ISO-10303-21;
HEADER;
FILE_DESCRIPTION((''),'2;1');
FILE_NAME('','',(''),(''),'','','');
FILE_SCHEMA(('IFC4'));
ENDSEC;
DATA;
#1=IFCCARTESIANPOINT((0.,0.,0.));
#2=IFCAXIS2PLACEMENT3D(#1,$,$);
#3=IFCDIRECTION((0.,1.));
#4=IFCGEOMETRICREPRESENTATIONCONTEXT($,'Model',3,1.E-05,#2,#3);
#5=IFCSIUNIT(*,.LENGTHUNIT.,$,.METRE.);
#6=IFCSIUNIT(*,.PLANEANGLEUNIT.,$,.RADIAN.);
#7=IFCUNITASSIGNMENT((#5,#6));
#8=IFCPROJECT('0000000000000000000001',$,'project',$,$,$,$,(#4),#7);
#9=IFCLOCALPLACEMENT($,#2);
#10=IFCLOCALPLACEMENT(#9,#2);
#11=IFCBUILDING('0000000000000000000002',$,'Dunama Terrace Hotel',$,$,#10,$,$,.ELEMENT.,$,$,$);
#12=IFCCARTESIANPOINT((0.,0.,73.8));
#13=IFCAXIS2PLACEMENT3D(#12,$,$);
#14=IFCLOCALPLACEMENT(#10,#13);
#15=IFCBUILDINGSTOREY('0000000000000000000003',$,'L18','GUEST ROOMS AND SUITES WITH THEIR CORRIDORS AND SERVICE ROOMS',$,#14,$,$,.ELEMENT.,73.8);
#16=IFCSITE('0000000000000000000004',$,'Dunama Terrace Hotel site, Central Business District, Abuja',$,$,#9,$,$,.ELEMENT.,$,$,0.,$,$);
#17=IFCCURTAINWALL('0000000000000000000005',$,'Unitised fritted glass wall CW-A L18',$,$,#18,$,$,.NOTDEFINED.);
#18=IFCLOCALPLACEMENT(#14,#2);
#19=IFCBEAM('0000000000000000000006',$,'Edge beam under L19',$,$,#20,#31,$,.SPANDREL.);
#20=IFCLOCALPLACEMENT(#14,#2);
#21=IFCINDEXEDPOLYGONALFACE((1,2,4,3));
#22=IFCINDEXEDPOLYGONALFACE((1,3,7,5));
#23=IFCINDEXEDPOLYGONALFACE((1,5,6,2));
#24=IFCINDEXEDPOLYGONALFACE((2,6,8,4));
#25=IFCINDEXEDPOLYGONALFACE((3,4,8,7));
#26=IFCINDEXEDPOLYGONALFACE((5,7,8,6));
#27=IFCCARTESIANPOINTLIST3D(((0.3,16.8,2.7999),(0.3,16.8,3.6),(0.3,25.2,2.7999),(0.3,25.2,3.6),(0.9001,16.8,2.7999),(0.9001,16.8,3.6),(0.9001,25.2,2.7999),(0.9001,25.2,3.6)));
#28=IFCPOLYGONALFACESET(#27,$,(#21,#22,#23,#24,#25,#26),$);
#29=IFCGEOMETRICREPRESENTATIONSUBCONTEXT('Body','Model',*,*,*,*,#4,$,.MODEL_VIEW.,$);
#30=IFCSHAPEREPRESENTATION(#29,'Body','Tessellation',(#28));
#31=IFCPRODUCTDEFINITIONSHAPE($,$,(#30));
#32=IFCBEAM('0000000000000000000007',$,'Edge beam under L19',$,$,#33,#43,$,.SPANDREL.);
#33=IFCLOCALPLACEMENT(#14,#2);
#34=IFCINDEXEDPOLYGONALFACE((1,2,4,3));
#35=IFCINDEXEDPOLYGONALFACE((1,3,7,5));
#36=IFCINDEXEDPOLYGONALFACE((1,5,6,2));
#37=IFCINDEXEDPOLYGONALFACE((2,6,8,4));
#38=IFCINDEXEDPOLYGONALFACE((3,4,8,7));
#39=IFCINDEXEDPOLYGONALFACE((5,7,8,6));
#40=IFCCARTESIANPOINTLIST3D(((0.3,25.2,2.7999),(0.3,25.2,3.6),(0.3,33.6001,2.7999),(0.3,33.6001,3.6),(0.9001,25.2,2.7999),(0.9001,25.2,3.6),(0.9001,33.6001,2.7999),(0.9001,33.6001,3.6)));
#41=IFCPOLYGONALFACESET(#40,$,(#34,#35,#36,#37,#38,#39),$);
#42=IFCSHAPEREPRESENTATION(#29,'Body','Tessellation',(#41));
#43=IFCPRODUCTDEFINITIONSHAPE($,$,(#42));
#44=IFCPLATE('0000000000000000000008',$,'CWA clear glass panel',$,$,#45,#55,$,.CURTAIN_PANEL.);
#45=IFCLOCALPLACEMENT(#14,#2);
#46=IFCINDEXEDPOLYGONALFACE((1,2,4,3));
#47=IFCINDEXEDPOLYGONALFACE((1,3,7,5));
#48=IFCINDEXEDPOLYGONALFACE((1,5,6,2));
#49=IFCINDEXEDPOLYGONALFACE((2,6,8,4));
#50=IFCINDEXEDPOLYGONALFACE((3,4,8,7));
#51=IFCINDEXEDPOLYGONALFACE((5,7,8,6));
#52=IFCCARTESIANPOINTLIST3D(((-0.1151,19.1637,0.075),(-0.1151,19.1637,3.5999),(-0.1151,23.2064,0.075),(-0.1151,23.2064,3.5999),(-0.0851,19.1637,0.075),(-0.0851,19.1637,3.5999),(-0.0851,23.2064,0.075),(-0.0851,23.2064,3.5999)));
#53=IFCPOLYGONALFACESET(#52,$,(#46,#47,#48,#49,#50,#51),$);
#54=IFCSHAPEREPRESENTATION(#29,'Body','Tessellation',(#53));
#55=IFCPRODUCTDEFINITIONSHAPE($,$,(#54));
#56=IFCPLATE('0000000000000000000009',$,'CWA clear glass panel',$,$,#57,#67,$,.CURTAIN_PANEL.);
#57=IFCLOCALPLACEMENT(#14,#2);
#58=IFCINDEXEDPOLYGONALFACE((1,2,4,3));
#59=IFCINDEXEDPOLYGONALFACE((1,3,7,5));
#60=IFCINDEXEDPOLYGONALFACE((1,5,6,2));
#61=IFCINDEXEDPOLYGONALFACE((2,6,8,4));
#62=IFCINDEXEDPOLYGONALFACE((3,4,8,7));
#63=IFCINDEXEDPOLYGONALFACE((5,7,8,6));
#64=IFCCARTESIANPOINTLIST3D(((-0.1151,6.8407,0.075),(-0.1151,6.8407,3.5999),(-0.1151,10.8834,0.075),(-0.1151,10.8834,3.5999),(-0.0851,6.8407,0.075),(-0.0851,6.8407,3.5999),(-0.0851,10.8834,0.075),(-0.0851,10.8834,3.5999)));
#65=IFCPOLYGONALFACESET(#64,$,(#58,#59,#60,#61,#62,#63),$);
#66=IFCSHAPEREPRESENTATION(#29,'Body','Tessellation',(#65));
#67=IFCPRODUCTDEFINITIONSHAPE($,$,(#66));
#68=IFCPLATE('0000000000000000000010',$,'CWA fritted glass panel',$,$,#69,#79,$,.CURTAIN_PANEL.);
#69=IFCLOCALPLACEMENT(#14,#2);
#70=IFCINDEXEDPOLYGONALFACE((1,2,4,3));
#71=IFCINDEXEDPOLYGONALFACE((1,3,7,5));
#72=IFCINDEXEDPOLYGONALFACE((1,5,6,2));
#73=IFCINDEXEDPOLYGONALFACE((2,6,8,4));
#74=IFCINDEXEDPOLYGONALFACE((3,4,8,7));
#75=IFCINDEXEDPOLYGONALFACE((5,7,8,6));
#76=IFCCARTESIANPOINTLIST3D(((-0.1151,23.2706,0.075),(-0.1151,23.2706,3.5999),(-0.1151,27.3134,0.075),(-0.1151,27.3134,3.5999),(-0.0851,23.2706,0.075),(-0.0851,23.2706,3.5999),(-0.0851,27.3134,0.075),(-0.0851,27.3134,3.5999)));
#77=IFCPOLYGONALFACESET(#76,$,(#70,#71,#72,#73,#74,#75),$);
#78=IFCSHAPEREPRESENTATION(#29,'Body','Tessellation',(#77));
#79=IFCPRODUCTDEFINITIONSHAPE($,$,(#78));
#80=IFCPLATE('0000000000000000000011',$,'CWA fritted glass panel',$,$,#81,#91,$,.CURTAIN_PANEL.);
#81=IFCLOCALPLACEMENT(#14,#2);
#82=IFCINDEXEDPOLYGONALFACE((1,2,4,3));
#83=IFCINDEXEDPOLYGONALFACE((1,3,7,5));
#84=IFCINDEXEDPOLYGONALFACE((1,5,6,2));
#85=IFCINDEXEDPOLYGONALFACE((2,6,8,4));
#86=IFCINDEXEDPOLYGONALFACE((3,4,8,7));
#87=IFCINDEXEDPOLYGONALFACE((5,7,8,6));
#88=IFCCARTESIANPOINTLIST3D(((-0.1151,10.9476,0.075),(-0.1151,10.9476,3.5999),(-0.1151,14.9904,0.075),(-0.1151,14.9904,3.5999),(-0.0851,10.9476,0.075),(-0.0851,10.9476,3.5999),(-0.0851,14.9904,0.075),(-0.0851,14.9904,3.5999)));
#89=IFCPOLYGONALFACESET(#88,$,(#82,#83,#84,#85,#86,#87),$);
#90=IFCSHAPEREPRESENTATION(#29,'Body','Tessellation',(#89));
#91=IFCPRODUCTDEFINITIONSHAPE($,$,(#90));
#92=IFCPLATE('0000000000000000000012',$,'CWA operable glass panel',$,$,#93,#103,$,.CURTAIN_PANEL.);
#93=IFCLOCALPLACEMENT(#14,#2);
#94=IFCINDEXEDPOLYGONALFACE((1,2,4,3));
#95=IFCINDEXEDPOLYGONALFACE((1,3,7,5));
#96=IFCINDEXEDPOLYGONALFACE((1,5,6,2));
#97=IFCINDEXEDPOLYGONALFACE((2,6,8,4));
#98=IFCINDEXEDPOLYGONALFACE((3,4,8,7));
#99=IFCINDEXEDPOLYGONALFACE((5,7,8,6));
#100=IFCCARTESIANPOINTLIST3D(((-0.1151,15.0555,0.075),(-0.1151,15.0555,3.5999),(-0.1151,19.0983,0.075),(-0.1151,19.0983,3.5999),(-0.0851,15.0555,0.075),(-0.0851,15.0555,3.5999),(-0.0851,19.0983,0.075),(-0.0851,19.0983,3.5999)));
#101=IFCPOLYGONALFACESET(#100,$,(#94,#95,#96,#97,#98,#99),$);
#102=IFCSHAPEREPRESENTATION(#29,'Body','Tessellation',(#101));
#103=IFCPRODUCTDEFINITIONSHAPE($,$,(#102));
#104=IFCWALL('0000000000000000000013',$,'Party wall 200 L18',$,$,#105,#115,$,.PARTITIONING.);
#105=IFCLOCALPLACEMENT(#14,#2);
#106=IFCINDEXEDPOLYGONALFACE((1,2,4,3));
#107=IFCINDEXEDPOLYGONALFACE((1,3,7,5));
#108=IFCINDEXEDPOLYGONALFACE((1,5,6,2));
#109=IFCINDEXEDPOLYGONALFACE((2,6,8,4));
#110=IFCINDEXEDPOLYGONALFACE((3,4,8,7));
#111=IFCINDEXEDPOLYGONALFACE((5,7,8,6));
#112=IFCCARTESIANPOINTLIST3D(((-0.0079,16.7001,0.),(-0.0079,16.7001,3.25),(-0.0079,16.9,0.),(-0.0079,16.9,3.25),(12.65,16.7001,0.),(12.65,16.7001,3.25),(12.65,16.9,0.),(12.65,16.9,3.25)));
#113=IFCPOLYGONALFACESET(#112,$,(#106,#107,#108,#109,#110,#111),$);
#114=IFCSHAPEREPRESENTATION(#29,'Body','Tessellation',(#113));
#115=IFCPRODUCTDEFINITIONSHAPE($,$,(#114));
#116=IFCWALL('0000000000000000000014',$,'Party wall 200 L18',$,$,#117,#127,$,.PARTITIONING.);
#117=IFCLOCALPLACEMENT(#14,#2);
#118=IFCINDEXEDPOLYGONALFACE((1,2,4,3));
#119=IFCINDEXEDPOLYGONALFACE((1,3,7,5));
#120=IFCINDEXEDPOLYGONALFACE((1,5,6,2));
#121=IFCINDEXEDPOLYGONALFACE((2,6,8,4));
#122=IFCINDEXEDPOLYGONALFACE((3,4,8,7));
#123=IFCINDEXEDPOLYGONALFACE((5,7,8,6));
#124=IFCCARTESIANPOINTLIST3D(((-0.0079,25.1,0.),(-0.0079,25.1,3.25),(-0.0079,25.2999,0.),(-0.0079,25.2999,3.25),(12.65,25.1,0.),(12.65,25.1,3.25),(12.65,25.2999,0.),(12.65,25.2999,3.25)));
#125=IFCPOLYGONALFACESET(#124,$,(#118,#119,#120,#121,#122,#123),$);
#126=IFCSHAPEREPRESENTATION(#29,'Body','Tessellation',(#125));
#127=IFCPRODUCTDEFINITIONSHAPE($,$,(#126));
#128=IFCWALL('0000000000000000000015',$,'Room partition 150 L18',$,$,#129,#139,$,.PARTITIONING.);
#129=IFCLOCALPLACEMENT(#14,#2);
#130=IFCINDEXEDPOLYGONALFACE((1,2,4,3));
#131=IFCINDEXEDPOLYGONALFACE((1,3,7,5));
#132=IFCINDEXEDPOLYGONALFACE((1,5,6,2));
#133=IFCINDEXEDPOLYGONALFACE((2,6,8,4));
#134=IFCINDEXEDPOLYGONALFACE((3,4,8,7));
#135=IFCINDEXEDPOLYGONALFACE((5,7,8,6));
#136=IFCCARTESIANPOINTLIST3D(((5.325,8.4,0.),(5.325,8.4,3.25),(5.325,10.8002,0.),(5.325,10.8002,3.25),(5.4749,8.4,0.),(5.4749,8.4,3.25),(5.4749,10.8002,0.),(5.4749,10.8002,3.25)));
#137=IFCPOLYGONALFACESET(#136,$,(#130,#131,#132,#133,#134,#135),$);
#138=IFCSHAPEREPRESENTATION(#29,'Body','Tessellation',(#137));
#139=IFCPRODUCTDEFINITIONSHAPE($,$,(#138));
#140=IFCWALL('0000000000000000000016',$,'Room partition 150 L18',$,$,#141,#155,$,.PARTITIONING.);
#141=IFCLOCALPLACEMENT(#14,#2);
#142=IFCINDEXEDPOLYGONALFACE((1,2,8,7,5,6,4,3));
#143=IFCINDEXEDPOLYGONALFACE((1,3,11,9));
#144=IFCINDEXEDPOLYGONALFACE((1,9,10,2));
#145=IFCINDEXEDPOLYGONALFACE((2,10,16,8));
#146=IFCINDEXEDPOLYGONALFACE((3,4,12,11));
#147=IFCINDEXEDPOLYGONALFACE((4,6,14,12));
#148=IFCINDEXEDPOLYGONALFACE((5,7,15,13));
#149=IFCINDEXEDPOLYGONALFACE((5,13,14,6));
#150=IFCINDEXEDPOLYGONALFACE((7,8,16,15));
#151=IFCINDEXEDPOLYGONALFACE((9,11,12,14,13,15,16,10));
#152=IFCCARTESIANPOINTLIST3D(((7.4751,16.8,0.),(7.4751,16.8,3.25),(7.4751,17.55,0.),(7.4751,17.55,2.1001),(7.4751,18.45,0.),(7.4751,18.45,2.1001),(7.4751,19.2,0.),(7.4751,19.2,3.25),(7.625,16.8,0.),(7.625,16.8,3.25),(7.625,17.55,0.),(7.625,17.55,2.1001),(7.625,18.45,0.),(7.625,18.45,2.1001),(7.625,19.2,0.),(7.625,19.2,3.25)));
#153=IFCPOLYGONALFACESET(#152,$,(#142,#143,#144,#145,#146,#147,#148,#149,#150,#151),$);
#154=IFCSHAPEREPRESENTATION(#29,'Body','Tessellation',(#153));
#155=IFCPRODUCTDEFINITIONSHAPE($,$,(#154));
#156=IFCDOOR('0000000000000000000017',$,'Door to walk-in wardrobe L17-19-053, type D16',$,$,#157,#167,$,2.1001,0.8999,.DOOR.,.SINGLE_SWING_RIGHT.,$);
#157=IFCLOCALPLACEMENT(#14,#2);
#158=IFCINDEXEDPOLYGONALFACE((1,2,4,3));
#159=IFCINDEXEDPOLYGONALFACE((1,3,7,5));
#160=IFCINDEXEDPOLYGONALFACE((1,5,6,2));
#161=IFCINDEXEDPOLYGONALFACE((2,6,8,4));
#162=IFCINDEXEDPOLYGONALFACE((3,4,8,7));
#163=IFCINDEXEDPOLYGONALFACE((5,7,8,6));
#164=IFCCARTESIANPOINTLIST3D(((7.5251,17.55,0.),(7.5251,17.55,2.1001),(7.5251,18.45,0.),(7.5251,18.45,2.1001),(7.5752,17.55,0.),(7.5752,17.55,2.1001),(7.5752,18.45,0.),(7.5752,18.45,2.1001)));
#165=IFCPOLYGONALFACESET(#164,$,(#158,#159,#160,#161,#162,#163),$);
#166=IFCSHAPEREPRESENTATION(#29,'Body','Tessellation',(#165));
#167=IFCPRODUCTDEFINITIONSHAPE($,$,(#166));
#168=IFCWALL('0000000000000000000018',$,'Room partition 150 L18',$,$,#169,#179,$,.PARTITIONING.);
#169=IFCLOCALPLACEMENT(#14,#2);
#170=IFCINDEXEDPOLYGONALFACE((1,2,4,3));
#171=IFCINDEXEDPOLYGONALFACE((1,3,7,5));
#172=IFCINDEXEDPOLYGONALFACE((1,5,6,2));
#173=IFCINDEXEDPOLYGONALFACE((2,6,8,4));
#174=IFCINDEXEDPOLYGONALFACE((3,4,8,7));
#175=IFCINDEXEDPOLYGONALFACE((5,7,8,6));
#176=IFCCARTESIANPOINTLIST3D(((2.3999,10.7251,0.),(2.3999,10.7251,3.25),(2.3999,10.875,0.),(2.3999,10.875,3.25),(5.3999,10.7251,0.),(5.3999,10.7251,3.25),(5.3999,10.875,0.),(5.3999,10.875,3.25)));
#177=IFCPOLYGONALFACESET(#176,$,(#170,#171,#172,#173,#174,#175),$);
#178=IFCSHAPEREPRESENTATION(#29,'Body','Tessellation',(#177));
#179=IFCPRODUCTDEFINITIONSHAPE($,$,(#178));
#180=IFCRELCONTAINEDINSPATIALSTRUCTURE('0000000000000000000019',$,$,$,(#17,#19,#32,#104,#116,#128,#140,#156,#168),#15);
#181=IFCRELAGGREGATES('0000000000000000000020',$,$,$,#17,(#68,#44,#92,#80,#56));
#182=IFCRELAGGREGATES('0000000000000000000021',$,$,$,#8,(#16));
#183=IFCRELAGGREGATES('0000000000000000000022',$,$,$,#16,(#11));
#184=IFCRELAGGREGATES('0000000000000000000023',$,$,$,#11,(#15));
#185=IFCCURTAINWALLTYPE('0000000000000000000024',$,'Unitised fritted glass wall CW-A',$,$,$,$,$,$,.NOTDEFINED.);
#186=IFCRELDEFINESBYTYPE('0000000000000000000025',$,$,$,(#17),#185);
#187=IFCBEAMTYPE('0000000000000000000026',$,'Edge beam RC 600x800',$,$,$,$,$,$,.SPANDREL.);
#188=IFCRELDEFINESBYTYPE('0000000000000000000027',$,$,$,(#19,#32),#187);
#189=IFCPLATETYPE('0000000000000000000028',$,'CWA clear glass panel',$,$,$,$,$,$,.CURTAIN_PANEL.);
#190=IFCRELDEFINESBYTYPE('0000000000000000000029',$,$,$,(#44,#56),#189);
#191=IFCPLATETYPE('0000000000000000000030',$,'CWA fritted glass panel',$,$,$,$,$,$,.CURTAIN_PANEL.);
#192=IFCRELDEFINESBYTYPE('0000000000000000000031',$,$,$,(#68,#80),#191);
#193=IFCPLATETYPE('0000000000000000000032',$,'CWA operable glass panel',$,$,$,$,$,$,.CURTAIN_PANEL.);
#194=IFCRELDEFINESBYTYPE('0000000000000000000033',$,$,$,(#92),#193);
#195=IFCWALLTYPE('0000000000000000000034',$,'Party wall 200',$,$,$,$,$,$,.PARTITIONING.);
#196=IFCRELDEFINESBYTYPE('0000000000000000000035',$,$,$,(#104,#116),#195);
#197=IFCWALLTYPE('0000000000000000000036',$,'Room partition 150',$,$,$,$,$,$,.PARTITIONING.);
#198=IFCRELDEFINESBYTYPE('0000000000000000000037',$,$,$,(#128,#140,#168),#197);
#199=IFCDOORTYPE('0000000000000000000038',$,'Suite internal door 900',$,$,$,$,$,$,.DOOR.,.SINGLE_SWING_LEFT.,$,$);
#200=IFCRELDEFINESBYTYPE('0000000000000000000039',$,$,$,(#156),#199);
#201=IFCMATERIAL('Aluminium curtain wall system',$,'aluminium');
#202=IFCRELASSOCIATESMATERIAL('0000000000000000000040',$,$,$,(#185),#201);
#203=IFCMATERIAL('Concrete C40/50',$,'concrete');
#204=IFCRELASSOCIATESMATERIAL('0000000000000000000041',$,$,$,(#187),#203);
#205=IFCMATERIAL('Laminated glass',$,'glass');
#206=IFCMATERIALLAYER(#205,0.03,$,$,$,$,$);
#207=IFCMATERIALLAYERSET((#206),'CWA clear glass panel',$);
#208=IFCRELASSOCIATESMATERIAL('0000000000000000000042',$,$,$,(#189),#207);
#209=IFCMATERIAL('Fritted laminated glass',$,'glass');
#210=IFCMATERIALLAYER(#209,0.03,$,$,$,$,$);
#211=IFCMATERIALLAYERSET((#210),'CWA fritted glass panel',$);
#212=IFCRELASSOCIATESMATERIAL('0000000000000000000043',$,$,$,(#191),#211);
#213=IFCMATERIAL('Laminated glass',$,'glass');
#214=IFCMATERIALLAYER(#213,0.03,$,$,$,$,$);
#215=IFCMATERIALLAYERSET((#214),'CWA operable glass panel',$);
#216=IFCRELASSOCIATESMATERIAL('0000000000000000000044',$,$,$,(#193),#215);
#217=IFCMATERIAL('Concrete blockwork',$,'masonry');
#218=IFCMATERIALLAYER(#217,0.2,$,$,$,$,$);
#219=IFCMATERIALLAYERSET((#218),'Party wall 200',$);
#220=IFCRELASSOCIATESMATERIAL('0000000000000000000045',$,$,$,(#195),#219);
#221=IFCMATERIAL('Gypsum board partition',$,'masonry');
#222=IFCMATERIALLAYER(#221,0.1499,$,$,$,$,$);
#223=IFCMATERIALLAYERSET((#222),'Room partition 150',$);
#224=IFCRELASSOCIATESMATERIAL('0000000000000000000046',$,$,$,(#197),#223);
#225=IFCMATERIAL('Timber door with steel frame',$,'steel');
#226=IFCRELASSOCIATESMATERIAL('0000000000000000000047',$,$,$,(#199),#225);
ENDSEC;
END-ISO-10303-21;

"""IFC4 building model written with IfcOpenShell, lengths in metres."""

from ifc_helpers import new_model, si_unit, direction, frame, frame_2d, origin, origin_2d, place, context, subcontext, project, spatial, rectangle, extrude, material, layer, layer_set, material_profile, profile_set, type_object, element, fill, aggregate, save


model = new_model("IFC4")

# Units and contexts
model_context = context("Model", 3, precision=1e-05, world=origin(), true_north=direction((0.0, 1.0)))
body_context = subcontext(model_context, "Body", "Model", "MODEL_VIEW")
ifc_project = project(units=[si_unit("LENGTHUNIT", "METRE"), si_unit("PLANEANGLEUNIT", "RADIAN")], contexts=[model_context])

# Site, building, storey
site_placement = place(None, origin())
site = spatial("IfcSite", under=ifc_project, at=site_placement, Name="Dunama Terrace Hotel site, Central Business District, Abuja", CompositionType="ELEMENT", RefElevation=0.0)
building_placement = place(site_placement, origin())
building = spatial("IfcBuilding", under=site, at=building_placement, Name="Dunama Terrace Hotel", CompositionType="ELEMENT")
storey_placement = place(building_placement, frame((0.0, 0.0, 73.8)))
storey = spatial("IfcBuildingStorey", under=building, at=storey_placement, Name="L18", Description="GUEST ROOMS AND SUITES WITH THEIR CORRIDORS AND SERVICE ROOMS", CompositionType="ELEMENT", Elevation=73.8)

# Curtain wall
ifc_material_1 = material(Name="Aluminium curtain wall system", Category="aluminium")
curtain_wall_type = type_object("IfcCurtainWallType", Name="Unitised fritted glass wall CW-A", PredefinedType="NOTDEFINED", material=ifc_material_1)
curtain_wall_placement = place(storey_placement, origin())
curtain_wall = element("IfcCurtainWall", 1, at=curtain_wall_placement, inside=storey, type_object=curtain_wall_type, Name="Unitised fritted glass wall CW-A L18", PredefinedType="NOTDEFINED")

# Beams
ifc_material_2 = material(Name="Concrete C40/50", Category="concrete")
ifc_material_profile_1 = material_profile(ifc_material_2, rectangle(XDim=0.6001, YDim=0.8, at=origin_2d()), Name="RC 600x800")
ifc_profile_set_1 = profile_set([ifc_material_profile_1], Name="Concrete C40/50")
beam_type = type_object("IfcBeamType", Name="Edge beam RC 600x800", PredefinedType="SPANDREL", material=ifc_profile_set_1)
beam_1_placement = place(storey_placement, frame((0.6001, 16.8, 3.2), z_axis=(0.0, 1.0, 0.0), x_axis=(-1.0, 0.0, 0.0)))
element("IfcBeam", 2, at=beam_1_placement, inside=storey, type_object=beam_type, Name="Edge beam under L19", PredefinedType="SPANDREL", context=body_context, shape_type="SweptSolid", body=[
    extrude(rectangle(XDim=0.6001, YDim=0.8, at=origin_2d()), origin(), (0.0, 0.0, 1.0), 8.3999),
])
beam_2_placement = place(storey_placement, frame((0.6001, 25.2, 3.2), z_axis=(0.0, 1.0, 0.0), x_axis=(-1.0, 0.0, 0.0)))
element("IfcBeam", 3, at=beam_2_placement, inside=storey, type_object=beam_type, Name="Edge beam under L19", PredefinedType="SPANDREL", context=body_context, shape_type="SweptSolid", body=[
    extrude(rectangle(XDim=0.6001, YDim=0.8, at=origin_2d()), origin(), (0.0, 0.0, 1.0), 8.4001),
])

# Plates
ifc_material_3 = material(Name="Laminated glass", Category="glass")
ifc_layer_1 = layer(ifc_material_3, 0.03)
ifc_layer_set_1 = layer_set([ifc_layer_1], Name="CWA clear glass panel")
plate_type_1 = type_object("IfcPlateType", Name="CWA clear glass panel", PredefinedType="CURTAIN_PANEL", material=ifc_layer_set_1)
plate_1_placement = place(storey_placement, frame((-0.1001, 21.1851, 0.075), z_axis=(0.0, 0.0, 1.0), x_axis=(0.0, -1.0, 0.0)))
plate_1 = element("IfcPlate", 4, at=plate_1_placement, type_object=plate_type_1, Name="CWA clear glass panel", PredefinedType="CURTAIN_PANEL", context=body_context, shape_type="SweptSolid", body=[
    extrude(rectangle(XDim=4.0427, YDim=0.03, at=origin_2d()), origin(), (0.0, 0.0, 1.0), 3.5249),
])
plate_2_placement = place(storey_placement, frame((-0.1001, 8.8621, 0.075), z_axis=(0.0, 0.0, 1.0), x_axis=(0.0, -1.0, 0.0)))
plate_2 = element("IfcPlate", 5, at=plate_2_placement, type_object=plate_type_1, Name="CWA clear glass panel", PredefinedType="CURTAIN_PANEL", context=body_context, shape_type="SweptSolid", body=[
    extrude(rectangle(XDim=4.0427, YDim=0.03, at=origin_2d()), origin(), (0.0, 0.0, 1.0), 3.5249),
])
ifc_material_4 = material(Name="Fritted laminated glass", Category="glass")
ifc_layer_2 = layer(ifc_material_4, 0.03)
ifc_layer_set_2 = layer_set([ifc_layer_2], Name="CWA fritted glass panel")
plate_type_2 = type_object("IfcPlateType", Name="CWA fritted glass panel", PredefinedType="CURTAIN_PANEL", material=ifc_layer_set_2)
plate_3_placement = place(storey_placement, frame((-0.1001, 25.292, 0.075), z_axis=(0.0, 0.0, 1.0), x_axis=(0.0, -1.0, 0.0)))
plate_3 = element("IfcPlate", 6, at=plate_3_placement, type_object=plate_type_2, Name="CWA fritted glass panel", PredefinedType="CURTAIN_PANEL", context=body_context, shape_type="SweptSolid", body=[
    extrude(rectangle(XDim=4.0427, YDim=0.03, at=origin_2d()), origin(), (0.0, 0.0, 1.0), 3.5249),
])
plate_4_placement = place(storey_placement, frame((-0.1001, 12.969, 0.075), z_axis=(0.0, 0.0, 1.0), x_axis=(0.0, -1.0, 0.0)))
plate_4 = element("IfcPlate", 7, at=plate_4_placement, type_object=plate_type_2, Name="CWA fritted glass panel", PredefinedType="CURTAIN_PANEL", context=body_context, shape_type="SweptSolid", body=[
    extrude(rectangle(XDim=4.0427, YDim=0.03, at=origin_2d()), origin(), (0.0, 0.0, 1.0), 3.5249),
])
ifc_material_5 = material(Name="Laminated glass", Category="glass")
ifc_layer_3 = layer(ifc_material_5, 0.03)
ifc_layer_set_3 = layer_set([ifc_layer_3], Name="CWA operable glass panel")
plate_type_3 = type_object("IfcPlateType", Name="CWA operable glass panel", PredefinedType="CURTAIN_PANEL", material=ifc_layer_set_3)
plate_5_placement = place(storey_placement, frame((-0.1001, 17.0769, 0.075), z_axis=(0.0, 0.0, 1.0), x_axis=(0.0, -1.0, 0.0)))
plate_5 = element("IfcPlate", 8, at=plate_5_placement, type_object=plate_type_3, Name="CWA operable glass panel", PredefinedType="CURTAIN_PANEL", context=body_context, shape_type="SweptSolid", body=[
    extrude(rectangle(XDim=4.0427, YDim=0.03, at=origin_2d()), origin(), (0.0, 0.0, 1.0), 3.5249),
])
aggregate(curtain_wall, [plate_3, plate_1, plate_5, plate_4, plate_2])

# Walls
ifc_material_6 = material(Name="Concrete blockwork", Category="masonry")
ifc_layer_4 = layer(ifc_material_6, 0.2)
ifc_layer_set_4 = layer_set([ifc_layer_4], Name="Party wall 200")
wall_type_1 = type_object("IfcWallType", Name="Party wall 200", PredefinedType="PARTITIONING", material=ifc_layer_set_4)
for number, where, z_axis, x_axis, name in (
    (9, (-0.0081, 16.8, 0.0), (0.0, 0.0, 1.0), (1.0, 0.0, 0.0), "Party wall 200 L18"),
    (10, (-0.0081, 25.2, 0.0), (0.0, 0.0, 1.0), (1.0, 0.0, 0.0), "Party wall 200 L18"),
):
    element("IfcWall", number, at=place(storey_placement, frame(where, z_axis=z_axis, x_axis=x_axis)), inside=storey, type_object=wall_type_1, Name=name, PredefinedType="PARTITIONING", context=body_context, shape_type="SweptSolid", body=[
        extrude(rectangle(XDim=12.658, YDim=0.2, at=frame_2d((6.3291, 0.0))), origin(), (0.0, 0.0, 1.0), 3.25),
    ])
ifc_material_7 = material(Name="Gypsum board partition", Category="masonry")
ifc_layer_5 = layer(ifc_material_7, 0.1499)
ifc_layer_set_5 = layer_set([ifc_layer_5], Name="Room partition 150")
wall_type_2 = type_object("IfcWallType", Name="Room partition 150", PredefinedType="PARTITIONING", material=ifc_layer_set_5)
wall_1_placement = place(storey_placement, frame((5.3999, 8.3999, 0.0), z_axis=(0.0, 0.0, 1.0), x_axis=(0.0, 1.0, 0.0)))
element("IfcWall", 11, at=wall_1_placement, inside=storey, type_object=wall_type_2, Name="Room partition 150 L18", PredefinedType="PARTITIONING", context=body_context, shape_type="SweptSolid", body=[
    extrude(rectangle(XDim=2.4001, YDim=0.1499, at=frame_2d((1.2002, 0.0))), origin(), (0.0, 0.0, 1.0), 3.25),
])

# Wall, opening, door
wall_2_placement = place(storey_placement, frame((7.55, 16.8, 0.0), z_axis=(0.0, 0.0, 1.0), x_axis=(0.0, 1.0, 0.0)))
wall_2 = element("IfcWall", 12, at=wall_2_placement, inside=storey, type_object=wall_type_2, Name="Room partition 150 L18", PredefinedType="PARTITIONING", context=body_context, shape_type="SweptSolid", body=[
    extrude(rectangle(XDim=2.3999, YDim=0.1499, at=frame_2d((1.2, 0.0))), origin(), (0.0, 0.0, 1.0), 3.25),
])
opening_placement = place(wall_2_placement, frame((0.75, 0.0, 0.0)))
opening = element("IfcOpeningElement", 13, at=opening_placement, cuts=wall_2, PredefinedType="OPENING", context=body_context, shape_type="SweptSolid", body=[
    extrude(rectangle(XDim=0.8999, YDim=2.1001, at=frame_2d((0.45, 1.05))), frame((0.0, 0.085, 0.0), z_axis=(0.0, -1.0, 0.0), x_axis=(1.0, 0.0, 0.0)), (0.0, 0.0, 1.0), 0.1699),
])
ifc_material_8 = material(Name="Timber door with steel frame", Category="steel")
door_type = type_object("IfcDoorType", Name="Suite internal door 900", OperationType="SINGLE_SWING_LEFT", PredefinedType="DOOR", material=ifc_material_8)
door_placement = place(opening_placement, frame((0.8999, 0.0, 0.0), z_axis=(0.0, 0.0, 1.0), x_axis=(-1.0, 0.0, 0.0)))
door = element("IfcDoor", 14, at=door_placement, inside=storey, type_object=door_type, Name="Door to walk-in wardrobe L17-19-053, type D16", OperationType="SINGLE_SWING_RIGHT", OverallHeight=2.1001, OverallWidth=0.8999, PredefinedType="DOOR", context=body_context, shape_type="SweptSolid", body=[
    extrude(rectangle(XDim=0.8999, YDim=2.1001, at=frame_2d((0.45, 1.05))), frame((0.0, 0.0251, 0.0), z_axis=(0.0, -1.0, 0.0), x_axis=(1.0, 0.0, 0.0)), (0.0, 0.0, 1.0), 0.05),
])
fill(opening, door)

# Wall
wall_3_placement = place(storey_placement, frame((2.3999, 10.8, 0.0), z_axis=(0.0, 0.0, 1.0), x_axis=(1.0, 0.0, 0.0)))
element("IfcWall", 15, at=wall_3_placement, inside=storey, type_object=wall_type_2, Name="Room partition 150 L18", PredefinedType="PARTITIONING", context=body_context, shape_type="SweptSolid", body=[
    extrude(rectangle(XDim=3.0, YDim=0.1499, at=frame_2d((1.5, 0.0))), origin(), (0.0, 0.0, 1.0), 3.25),
])

save(model, "model.ifc")
